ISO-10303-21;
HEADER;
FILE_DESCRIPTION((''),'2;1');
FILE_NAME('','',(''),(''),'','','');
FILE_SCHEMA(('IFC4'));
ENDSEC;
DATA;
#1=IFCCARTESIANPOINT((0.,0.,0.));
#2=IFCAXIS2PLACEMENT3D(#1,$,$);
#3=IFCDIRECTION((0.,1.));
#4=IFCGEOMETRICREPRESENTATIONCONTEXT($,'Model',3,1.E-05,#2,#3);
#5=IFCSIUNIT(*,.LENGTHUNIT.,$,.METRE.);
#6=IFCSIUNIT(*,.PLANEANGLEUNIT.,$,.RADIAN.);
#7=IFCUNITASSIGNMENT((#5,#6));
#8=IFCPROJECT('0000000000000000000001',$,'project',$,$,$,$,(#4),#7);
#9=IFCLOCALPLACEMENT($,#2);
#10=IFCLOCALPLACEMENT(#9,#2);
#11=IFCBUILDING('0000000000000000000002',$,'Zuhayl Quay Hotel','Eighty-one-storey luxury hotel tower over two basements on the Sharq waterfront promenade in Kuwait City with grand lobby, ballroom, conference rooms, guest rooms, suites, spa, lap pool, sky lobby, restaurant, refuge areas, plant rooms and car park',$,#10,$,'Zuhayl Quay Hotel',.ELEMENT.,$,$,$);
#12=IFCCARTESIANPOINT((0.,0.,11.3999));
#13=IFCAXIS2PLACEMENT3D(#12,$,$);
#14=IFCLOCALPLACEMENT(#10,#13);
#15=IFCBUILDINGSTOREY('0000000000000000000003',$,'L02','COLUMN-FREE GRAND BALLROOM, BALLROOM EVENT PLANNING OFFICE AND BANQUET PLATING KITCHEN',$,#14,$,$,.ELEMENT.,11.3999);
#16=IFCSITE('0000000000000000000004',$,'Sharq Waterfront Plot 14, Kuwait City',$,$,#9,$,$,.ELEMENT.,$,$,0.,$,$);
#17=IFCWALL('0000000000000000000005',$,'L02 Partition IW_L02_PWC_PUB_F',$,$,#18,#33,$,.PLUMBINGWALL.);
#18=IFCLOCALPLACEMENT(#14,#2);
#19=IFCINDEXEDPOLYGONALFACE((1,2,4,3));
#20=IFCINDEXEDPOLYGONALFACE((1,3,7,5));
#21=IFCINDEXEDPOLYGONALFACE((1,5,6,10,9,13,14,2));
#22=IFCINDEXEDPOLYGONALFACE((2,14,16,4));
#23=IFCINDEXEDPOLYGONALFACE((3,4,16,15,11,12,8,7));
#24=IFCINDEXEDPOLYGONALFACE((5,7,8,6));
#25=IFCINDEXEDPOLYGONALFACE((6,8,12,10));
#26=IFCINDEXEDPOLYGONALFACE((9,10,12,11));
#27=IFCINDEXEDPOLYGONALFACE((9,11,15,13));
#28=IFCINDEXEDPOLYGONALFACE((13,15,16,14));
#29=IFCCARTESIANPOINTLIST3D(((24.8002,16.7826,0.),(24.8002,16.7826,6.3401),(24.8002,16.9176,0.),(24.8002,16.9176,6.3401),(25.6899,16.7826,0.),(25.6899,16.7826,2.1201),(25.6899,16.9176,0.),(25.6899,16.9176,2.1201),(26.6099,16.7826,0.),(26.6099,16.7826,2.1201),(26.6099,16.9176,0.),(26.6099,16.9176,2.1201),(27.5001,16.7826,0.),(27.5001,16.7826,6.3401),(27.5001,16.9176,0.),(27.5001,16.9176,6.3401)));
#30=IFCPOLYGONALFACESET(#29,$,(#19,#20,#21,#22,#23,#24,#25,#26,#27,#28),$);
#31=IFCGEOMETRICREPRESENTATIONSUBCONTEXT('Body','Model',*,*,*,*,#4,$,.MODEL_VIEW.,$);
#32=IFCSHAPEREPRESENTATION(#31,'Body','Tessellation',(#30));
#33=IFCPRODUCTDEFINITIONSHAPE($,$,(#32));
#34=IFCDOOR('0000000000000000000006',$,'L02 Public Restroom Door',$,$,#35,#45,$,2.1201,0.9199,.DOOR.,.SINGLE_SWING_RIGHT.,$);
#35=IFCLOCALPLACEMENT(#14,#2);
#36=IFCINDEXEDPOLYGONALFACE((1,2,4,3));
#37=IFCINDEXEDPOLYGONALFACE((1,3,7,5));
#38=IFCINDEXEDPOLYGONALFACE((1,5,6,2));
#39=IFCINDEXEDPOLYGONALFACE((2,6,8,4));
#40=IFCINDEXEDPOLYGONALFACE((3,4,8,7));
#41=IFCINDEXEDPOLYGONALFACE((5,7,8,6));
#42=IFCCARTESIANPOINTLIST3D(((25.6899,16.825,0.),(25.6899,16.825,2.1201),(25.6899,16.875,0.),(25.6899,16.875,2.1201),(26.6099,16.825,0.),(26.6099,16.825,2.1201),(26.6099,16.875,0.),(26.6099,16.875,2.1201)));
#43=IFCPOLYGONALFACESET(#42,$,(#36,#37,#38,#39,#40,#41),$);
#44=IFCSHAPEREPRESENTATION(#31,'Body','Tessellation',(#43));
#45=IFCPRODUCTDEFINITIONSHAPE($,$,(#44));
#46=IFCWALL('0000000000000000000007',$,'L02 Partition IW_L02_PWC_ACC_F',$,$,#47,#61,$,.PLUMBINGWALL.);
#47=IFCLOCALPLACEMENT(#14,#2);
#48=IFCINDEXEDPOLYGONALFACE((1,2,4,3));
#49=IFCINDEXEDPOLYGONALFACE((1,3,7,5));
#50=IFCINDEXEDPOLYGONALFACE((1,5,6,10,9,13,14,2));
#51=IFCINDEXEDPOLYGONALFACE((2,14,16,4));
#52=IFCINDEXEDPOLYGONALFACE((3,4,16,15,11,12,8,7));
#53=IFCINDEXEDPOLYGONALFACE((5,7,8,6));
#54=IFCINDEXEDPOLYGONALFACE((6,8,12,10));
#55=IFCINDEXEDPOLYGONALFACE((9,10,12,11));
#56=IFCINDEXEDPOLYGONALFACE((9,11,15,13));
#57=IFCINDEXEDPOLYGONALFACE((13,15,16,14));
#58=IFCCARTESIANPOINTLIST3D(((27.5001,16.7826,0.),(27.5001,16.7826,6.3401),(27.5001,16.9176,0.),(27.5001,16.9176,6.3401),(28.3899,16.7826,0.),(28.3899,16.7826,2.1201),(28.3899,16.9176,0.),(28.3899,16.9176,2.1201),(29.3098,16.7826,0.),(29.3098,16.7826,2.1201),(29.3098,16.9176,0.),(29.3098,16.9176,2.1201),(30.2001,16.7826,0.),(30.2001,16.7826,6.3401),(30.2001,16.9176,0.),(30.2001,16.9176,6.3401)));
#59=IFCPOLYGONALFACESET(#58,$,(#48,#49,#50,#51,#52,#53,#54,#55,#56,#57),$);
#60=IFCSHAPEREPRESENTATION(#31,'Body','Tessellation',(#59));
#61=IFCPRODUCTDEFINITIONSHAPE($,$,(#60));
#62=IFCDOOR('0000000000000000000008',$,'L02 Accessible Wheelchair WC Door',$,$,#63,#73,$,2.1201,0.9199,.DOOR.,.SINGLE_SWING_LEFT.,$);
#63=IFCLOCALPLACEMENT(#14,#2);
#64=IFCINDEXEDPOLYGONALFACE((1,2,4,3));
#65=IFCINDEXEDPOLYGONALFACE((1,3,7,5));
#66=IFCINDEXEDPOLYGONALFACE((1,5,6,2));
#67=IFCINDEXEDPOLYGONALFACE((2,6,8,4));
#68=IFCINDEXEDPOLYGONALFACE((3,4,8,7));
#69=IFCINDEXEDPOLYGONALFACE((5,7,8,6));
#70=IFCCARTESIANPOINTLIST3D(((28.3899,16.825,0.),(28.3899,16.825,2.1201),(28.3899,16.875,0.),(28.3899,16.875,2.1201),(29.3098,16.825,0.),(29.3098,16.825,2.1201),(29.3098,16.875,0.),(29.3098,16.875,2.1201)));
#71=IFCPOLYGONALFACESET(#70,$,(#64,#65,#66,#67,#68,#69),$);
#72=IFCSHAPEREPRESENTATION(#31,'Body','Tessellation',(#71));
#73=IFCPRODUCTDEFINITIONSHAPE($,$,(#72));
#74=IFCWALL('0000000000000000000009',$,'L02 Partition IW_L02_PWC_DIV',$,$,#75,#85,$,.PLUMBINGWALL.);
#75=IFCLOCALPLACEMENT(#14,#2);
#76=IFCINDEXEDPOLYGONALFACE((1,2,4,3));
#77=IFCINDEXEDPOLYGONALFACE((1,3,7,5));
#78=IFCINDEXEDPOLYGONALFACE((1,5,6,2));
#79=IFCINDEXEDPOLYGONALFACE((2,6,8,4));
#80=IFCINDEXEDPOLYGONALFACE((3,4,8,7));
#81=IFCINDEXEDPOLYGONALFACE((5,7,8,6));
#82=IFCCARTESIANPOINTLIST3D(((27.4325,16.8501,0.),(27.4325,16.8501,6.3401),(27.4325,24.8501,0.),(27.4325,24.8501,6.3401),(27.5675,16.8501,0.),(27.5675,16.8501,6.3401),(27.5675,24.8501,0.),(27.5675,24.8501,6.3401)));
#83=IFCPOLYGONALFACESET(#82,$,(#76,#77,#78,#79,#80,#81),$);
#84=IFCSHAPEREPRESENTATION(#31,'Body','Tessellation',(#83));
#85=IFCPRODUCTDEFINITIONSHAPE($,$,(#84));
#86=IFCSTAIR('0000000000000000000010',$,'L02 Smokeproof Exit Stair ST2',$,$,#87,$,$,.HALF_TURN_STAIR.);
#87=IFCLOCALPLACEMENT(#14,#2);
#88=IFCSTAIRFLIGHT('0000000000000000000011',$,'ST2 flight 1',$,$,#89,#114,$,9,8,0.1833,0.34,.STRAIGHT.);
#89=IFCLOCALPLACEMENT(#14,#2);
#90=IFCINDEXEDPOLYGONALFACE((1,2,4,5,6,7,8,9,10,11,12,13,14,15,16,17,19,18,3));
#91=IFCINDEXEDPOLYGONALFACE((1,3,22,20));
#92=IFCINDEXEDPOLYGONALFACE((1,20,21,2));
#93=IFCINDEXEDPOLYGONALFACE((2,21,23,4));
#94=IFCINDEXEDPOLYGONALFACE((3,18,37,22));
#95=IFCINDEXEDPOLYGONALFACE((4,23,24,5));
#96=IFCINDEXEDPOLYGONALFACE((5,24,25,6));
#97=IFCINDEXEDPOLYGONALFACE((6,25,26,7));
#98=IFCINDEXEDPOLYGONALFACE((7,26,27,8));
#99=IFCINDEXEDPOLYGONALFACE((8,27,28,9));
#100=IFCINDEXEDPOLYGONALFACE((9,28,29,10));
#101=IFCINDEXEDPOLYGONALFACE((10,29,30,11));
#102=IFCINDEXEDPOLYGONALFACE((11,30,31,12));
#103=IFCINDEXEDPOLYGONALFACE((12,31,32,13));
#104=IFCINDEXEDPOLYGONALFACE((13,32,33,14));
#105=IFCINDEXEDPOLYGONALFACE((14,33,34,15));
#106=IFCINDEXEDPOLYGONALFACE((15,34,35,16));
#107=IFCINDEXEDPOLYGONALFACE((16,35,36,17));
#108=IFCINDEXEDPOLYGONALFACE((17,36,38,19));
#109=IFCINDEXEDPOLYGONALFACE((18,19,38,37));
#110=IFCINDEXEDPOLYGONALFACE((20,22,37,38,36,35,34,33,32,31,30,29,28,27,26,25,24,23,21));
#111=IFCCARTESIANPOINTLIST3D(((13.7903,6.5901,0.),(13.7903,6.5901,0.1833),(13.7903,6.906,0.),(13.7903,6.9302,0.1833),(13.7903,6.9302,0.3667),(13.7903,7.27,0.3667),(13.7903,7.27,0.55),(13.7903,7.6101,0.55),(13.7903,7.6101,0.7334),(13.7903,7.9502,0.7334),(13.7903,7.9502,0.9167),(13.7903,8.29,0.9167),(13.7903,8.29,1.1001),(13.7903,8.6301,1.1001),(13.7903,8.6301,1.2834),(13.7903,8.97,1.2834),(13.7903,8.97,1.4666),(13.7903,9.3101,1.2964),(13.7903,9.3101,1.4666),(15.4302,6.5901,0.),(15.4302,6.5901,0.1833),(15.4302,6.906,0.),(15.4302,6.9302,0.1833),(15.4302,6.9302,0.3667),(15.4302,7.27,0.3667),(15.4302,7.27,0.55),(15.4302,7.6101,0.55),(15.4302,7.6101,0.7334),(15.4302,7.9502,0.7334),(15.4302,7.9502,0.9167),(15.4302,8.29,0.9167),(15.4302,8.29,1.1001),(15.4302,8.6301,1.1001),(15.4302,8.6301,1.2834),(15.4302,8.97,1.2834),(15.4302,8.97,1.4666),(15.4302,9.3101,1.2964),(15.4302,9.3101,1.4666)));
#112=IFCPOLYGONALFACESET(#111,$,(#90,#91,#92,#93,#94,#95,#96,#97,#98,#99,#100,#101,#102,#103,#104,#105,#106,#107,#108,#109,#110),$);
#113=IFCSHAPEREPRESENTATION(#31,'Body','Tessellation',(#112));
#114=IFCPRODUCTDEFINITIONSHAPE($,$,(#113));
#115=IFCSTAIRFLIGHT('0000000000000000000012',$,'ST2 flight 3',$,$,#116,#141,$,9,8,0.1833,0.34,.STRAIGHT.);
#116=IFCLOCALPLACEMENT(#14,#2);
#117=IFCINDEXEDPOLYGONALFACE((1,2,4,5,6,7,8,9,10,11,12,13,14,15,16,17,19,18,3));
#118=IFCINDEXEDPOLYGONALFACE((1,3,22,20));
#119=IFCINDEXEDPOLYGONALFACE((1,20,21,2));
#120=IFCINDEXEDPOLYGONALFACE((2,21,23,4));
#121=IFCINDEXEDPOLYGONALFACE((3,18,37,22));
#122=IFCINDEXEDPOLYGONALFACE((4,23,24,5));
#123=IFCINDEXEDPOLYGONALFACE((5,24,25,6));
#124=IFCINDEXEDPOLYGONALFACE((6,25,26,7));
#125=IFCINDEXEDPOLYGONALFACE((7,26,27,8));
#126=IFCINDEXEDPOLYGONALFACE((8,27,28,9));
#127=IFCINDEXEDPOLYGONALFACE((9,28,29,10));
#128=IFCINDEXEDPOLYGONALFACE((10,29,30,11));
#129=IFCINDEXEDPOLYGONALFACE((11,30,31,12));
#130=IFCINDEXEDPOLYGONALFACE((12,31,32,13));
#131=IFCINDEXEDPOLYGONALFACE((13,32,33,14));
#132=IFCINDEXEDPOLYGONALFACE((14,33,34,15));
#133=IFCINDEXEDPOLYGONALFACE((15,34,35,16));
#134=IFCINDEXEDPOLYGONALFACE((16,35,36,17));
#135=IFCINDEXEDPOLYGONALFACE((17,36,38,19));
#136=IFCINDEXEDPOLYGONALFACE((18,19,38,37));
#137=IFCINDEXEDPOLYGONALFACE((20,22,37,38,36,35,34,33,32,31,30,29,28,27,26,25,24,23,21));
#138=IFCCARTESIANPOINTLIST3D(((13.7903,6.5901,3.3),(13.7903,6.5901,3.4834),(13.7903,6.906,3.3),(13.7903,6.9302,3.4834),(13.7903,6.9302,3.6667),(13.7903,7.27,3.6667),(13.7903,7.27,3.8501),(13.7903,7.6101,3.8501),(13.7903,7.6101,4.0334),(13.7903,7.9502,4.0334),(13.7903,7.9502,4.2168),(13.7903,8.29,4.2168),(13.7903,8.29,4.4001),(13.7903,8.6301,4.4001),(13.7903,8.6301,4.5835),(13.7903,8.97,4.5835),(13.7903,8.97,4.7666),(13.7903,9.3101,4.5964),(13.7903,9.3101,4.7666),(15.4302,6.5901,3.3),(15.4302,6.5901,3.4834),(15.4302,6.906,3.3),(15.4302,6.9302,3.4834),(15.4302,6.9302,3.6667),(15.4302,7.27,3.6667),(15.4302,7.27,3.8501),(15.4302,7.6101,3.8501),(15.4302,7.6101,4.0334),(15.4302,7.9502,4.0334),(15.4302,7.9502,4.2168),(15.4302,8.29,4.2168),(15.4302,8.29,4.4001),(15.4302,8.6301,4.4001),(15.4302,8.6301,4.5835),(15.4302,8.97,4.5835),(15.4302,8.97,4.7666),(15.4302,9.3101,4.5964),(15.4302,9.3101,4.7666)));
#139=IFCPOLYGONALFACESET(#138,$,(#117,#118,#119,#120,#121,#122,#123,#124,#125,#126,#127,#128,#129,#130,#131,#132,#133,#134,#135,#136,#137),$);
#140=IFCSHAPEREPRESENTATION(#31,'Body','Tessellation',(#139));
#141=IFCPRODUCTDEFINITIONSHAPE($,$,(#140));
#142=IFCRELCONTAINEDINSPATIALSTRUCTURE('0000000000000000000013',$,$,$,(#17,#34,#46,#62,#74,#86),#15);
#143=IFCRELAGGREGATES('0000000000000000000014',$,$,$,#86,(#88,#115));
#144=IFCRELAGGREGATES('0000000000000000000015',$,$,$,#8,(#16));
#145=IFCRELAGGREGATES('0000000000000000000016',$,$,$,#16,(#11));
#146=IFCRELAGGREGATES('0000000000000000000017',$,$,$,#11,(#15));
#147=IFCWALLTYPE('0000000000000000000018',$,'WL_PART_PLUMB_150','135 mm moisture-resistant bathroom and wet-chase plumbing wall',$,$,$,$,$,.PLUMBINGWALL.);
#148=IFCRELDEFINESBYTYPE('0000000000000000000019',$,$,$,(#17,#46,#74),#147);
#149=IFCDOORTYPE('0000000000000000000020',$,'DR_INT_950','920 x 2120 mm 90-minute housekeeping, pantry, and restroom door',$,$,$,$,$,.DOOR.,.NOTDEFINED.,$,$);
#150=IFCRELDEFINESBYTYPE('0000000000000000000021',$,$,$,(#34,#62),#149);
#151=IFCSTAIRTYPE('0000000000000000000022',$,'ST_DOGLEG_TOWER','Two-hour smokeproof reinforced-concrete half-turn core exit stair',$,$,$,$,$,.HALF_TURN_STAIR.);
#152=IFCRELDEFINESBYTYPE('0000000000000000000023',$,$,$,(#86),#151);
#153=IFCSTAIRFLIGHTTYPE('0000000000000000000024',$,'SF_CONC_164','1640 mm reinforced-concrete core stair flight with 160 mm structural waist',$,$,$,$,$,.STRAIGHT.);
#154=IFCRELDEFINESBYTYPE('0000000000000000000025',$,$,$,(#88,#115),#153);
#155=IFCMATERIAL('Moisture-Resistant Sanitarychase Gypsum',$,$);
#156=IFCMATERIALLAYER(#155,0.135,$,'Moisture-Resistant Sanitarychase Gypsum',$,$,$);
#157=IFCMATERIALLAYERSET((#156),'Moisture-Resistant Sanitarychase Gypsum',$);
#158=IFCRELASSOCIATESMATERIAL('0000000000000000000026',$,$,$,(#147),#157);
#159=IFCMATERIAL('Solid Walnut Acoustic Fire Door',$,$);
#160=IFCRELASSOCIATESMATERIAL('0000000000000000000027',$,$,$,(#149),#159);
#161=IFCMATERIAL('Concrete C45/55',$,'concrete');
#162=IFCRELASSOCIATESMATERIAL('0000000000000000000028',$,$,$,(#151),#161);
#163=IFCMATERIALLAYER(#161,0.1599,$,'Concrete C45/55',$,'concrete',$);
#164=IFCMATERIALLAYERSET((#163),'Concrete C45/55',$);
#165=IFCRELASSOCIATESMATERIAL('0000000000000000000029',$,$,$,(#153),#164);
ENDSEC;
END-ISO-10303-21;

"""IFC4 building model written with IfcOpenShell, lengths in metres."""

from ifc_helpers import new_model, si_unit, direction, frame, frame_2d, origin, place, context, subcontext, project, spatial, polyline, rectangle, outline, extrude, material, layer, layer_set, type_object, element, fill, aggregate, save


model = new_model("IFC4")

# Units and contexts
model_context = context("Model", 3, precision=1e-05, world=origin(), true_north=direction((0.0, 1.0)))
body_context = subcontext(model_context, "Body", "Model", "MODEL_VIEW")
ifc_project = project(units=[si_unit("LENGTHUNIT", "METRE"), si_unit("PLANEANGLEUNIT", "RADIAN")], contexts=[model_context])

# Site, building, storey
site_placement = place(None, origin())
site = spatial("IfcSite", under=ifc_project, at=site_placement, Name="Sharq Waterfront Plot 14, Kuwait City", CompositionType="ELEMENT", RefElevation=0.0)
building_placement = place(site_placement, origin())
building = spatial("IfcBuilding", under=site, at=building_placement, Name="Zuhayl Quay Hotel", Description="Eighty-one-storey luxury hotel tower over two basements on the Sharq waterfront promenade in Kuwait City with grand lobby, ballroom, conference rooms, guest rooms, suites, spa, lap pool, sky lobby, restaurant, refuge areas, plant rooms and car park", LongName="Zuhayl Quay Hotel", CompositionType="ELEMENT")
storey_placement = place(building_placement, frame((0.0, 0.0, 11.3999)))
storey = spatial("IfcBuildingStorey", under=building, at=storey_placement, Name="L02", Description="COLUMN-FREE GRAND BALLROOM, BALLROOM EVENT PLANNING OFFICE AND BANQUET PLATING KITCHEN", CompositionType="ELEMENT", Elevation=11.3999)

# Walls, openings, doors
ifc_material_1 = material(Name="Moisture-Resistant Sanitarychase Gypsum")
ifc_layer_1 = layer(ifc_material_1, 0.135, Name="Moisture-Resistant Sanitarychase Gypsum")
ifc_layer_set_1 = layer_set([ifc_layer_1], Name="Moisture-Resistant Sanitarychase Gypsum")
wall_type_1 = type_object("IfcWallType", Name="WL_PART_PLUMB_150", Description="135 mm moisture-resistant bathroom and wet-chase plumbing wall", PredefinedType="PLUMBINGWALL", material=ifc_layer_set_1)
wall_1_placement = place(storey_placement, frame((24.8, 16.8501, 0.0), z_axis=(0.0, 0.0, 1.0), x_axis=(1.0, 0.0, 0.0)))
wall_1 = element("IfcWall", 1, at=wall_1_placement, inside=storey, type_object=wall_type_1, Name="L02 Partition IW_L02_PWC_PUB_F", PredefinedType="PLUMBINGWALL", context=body_context, shape_type="SweptSolid", body=[
    extrude(rectangle(XDim=2.7, YDim=0.135, at=frame_2d((1.3501, 0.0))), origin(), (0.0, 0.0, 1.0), 6.3401),
])
opening_1_placement = place(wall_1_placement, frame((0.8899, 0.0, 0.0)))
opening_1 = element("IfcOpeningElement", 2, at=opening_1_placement, cuts=wall_1, PredefinedType="OPENING", context=body_context, shape_type="SweptSolid", body=[
    extrude(rectangle(XDim=0.9199, YDim=2.1201, at=frame_2d((0.46, 1.0601))), frame((0.0, 0.0774, 0.0), z_axis=(0.0, -1.0, 0.0), x_axis=(1.0, 0.0, 0.0)), (0.0, 0.0, 1.0), 0.155),
])
ifc_material_2 = material(Name="Solid Walnut Acoustic Fire Door")
door_type = type_object("IfcDoorType", Name="DR_INT_950", Description="920 x 2120 mm 90-minute housekeeping, pantry, and restroom door", OperationType="NOTDEFINED", PredefinedType="DOOR", material=ifc_material_2)
door_1_placement = place(opening_1_placement, origin())
door_1 = element("IfcDoor", 3, at=door_1_placement, inside=storey, type_object=door_type, Name="L02 Public Restroom Door", OperationType="SINGLE_SWING_RIGHT", OverallHeight=2.1201, OverallWidth=0.9199, PredefinedType="DOOR", context=body_context, shape_type="SweptSolid", body=[
    extrude(rectangle(XDim=0.9199, YDim=2.1201, at=frame_2d((0.46, 1.0601))), frame((0.0, 0.0249, 0.0), z_axis=(0.0, -1.0, 0.0), x_axis=(1.0, 0.0, 0.0)), (0.0, 0.0, 1.0), 0.05),
])
fill(opening_1, door_1)
wall_2_placement = place(storey_placement, frame((27.5, 16.8501, 0.0), z_axis=(0.0, 0.0, 1.0), x_axis=(1.0, 0.0, 0.0)))
wall_2 = element("IfcWall", 4, at=wall_2_placement, inside=storey, type_object=wall_type_1, Name="L02 Partition IW_L02_PWC_ACC_F", PredefinedType="PLUMBINGWALL", context=body_context, shape_type="SweptSolid", body=[
    extrude(rectangle(XDim=2.7, YDim=0.135, at=frame_2d((1.3501, 0.0))), origin(), (0.0, 0.0, 1.0), 6.3401),
])
opening_2_placement = place(wall_2_placement, frame((0.8899, 0.0, 0.0)))
opening_2 = element("IfcOpeningElement", 5, at=opening_2_placement, cuts=wall_2, PredefinedType="OPENING", context=body_context, shape_type="SweptSolid", body=[
    extrude(rectangle(XDim=0.9199, YDim=2.1201, at=frame_2d((0.46, 1.0601))), frame((0.0, 0.0774, 0.0), z_axis=(0.0, -1.0, 0.0), x_axis=(1.0, 0.0, 0.0)), (0.0, 0.0, 1.0), 0.155),
])
door_2_placement = place(opening_2_placement, origin())
door_2 = element("IfcDoor", 6, at=door_2_placement, inside=storey, type_object=door_type, Name="L02 Accessible Wheelchair WC Door", OperationType="SINGLE_SWING_LEFT", OverallHeight=2.1201, OverallWidth=0.9199, PredefinedType="DOOR", context=body_context, shape_type="SweptSolid", body=[
    extrude(rectangle(XDim=0.9199, YDim=2.1201, at=frame_2d((0.46, 1.0601))), frame((0.0, 0.0249, 0.0), z_axis=(0.0, -1.0, 0.0), x_axis=(1.0, 0.0, 0.0)), (0.0, 0.0, 1.0), 0.05),
])
fill(opening_2, door_2)

# Wall
wall_3_placement = place(storey_placement, frame((27.5, 16.8501, 0.0), z_axis=(0.0, 0.0, 1.0), x_axis=(0.0, 1.0, 0.0)))
element("IfcWall", 7, at=wall_3_placement, inside=storey, type_object=wall_type_1, Name="L02 Partition IW_L02_PWC_DIV", PredefinedType="PLUMBINGWALL", context=body_context, shape_type="SweptSolid", body=[
    extrude(rectangle(XDim=8.0, YDim=0.135, at=frame_2d((4.0, 0.0))), origin(), (0.0, 0.0, 1.0), 6.3401),
])

# Stair, stair flights
ifc_material_3 = material(Name="Concrete C45/55", Category="concrete")
stair_type = type_object("IfcStairType", Name="ST_DOGLEG_TOWER", Description="Two-hour smokeproof reinforced-concrete half-turn core exit stair", PredefinedType="HALF_TURN_STAIR", material=ifc_material_3)
stair_placement = place(storey_placement, origin())
stair = element("IfcStair", 8, at=stair_placement, inside=storey, type_object=stair_type, Name="L02 Smokeproof Exit Stair ST2", PredefinedType="HALF_TURN_STAIR")
ifc_layer_2 = layer(ifc_material_3, 0.1599, Name="Concrete C45/55", Category="concrete")
ifc_layer_set_2 = layer_set([ifc_layer_2], Name="Concrete C45/55")
stair_flight_type = type_object("IfcStairFlightType", Name="SF_CONC_164", Description="1640 mm reinforced-concrete core stair flight with 160 mm structural waist", PredefinedType="STRAIGHT", material=ifc_layer_set_2)
stair_flight_1_placement = place(storey_placement, frame((14.6101, 6.5901, 0.0), z_axis=(0.0, 0.0, 1.0), x_axis=(0.0, 1.0, 0.0)))
stair_flight_1 = element("IfcStairFlight", 9, at=stair_flight_1_placement, type_object=stair_flight_type, Name="ST2 flight 1", NumberOfRisers=9, NumberOfTreads=8, PredefinedType="STRAIGHT", RiserHeight=0.1833, TreadLength=0.34, context=body_context, shape_type="SweptSolid", body=[
    extrude(outline(polyline([(0.0, 0.0), (0.0, 0.1833), (0.3401, 0.1833), (0.3401, 0.3667), (0.6799, 0.3667), (0.6799, 0.55), (1.02, 0.55), (1.02, 0.7334), (1.3601, 0.7334), (1.3601, 0.9167), (1.7, 0.9167), (1.7, 1.1001), (2.04, 1.1001), (2.04, 1.2834), (2.3799, 1.2834), (2.3799, 1.4666), (2.72, 1.4666), (2.72, 1.6499), (2.72, 1.2964), (0.3159, 0.0), (0.0, 0.0)])), frame((0.0, 0.8198, 0.0), z_axis=(0.0, -1.0, 0.0), x_axis=(1.0, 0.0, 0.0)), (0.0, 0.0, 1.0), 1.6399),
])
stair_flight_2_placement = place(storey_placement, frame((14.6101, 6.5901, 3.3), z_axis=(0.0, 0.0, 1.0), x_axis=(0.0, 1.0, 0.0)))
stair_flight_2 = element("IfcStairFlight", 10, at=stair_flight_2_placement, type_object=stair_flight_type, Name="ST2 flight 3", NumberOfRisers=9, NumberOfTreads=8, PredefinedType="STRAIGHT", RiserHeight=0.1833, TreadLength=0.34, context=body_context, shape_type="SweptSolid", body=[
    extrude(outline(polyline([(0.0, 0.0), (0.0, 0.1833), (0.3401, 0.1833), (0.3401, 0.3667), (0.6799, 0.3667), (0.6799, 0.55), (1.02, 0.55), (1.02, 0.7334), (1.3601, 0.7334), (1.3601, 0.9167), (1.7, 0.9167), (1.7, 1.1001), (2.04, 1.1001), (2.04, 1.2834), (2.3799, 1.2834), (2.3799, 1.4666), (2.72, 1.4666), (2.72, 1.6499), (2.72, 1.2964), (0.3159, 0.0), (0.0, 0.0)])), frame((0.0, 0.8198, 0.0), z_axis=(0.0, -1.0, 0.0), x_axis=(1.0, 0.0, 0.0)), (0.0, 0.0, 1.0), 1.6399),
])
aggregate(stair, [stair_flight_1, stair_flight_2])

save(model, "model.ifc")
